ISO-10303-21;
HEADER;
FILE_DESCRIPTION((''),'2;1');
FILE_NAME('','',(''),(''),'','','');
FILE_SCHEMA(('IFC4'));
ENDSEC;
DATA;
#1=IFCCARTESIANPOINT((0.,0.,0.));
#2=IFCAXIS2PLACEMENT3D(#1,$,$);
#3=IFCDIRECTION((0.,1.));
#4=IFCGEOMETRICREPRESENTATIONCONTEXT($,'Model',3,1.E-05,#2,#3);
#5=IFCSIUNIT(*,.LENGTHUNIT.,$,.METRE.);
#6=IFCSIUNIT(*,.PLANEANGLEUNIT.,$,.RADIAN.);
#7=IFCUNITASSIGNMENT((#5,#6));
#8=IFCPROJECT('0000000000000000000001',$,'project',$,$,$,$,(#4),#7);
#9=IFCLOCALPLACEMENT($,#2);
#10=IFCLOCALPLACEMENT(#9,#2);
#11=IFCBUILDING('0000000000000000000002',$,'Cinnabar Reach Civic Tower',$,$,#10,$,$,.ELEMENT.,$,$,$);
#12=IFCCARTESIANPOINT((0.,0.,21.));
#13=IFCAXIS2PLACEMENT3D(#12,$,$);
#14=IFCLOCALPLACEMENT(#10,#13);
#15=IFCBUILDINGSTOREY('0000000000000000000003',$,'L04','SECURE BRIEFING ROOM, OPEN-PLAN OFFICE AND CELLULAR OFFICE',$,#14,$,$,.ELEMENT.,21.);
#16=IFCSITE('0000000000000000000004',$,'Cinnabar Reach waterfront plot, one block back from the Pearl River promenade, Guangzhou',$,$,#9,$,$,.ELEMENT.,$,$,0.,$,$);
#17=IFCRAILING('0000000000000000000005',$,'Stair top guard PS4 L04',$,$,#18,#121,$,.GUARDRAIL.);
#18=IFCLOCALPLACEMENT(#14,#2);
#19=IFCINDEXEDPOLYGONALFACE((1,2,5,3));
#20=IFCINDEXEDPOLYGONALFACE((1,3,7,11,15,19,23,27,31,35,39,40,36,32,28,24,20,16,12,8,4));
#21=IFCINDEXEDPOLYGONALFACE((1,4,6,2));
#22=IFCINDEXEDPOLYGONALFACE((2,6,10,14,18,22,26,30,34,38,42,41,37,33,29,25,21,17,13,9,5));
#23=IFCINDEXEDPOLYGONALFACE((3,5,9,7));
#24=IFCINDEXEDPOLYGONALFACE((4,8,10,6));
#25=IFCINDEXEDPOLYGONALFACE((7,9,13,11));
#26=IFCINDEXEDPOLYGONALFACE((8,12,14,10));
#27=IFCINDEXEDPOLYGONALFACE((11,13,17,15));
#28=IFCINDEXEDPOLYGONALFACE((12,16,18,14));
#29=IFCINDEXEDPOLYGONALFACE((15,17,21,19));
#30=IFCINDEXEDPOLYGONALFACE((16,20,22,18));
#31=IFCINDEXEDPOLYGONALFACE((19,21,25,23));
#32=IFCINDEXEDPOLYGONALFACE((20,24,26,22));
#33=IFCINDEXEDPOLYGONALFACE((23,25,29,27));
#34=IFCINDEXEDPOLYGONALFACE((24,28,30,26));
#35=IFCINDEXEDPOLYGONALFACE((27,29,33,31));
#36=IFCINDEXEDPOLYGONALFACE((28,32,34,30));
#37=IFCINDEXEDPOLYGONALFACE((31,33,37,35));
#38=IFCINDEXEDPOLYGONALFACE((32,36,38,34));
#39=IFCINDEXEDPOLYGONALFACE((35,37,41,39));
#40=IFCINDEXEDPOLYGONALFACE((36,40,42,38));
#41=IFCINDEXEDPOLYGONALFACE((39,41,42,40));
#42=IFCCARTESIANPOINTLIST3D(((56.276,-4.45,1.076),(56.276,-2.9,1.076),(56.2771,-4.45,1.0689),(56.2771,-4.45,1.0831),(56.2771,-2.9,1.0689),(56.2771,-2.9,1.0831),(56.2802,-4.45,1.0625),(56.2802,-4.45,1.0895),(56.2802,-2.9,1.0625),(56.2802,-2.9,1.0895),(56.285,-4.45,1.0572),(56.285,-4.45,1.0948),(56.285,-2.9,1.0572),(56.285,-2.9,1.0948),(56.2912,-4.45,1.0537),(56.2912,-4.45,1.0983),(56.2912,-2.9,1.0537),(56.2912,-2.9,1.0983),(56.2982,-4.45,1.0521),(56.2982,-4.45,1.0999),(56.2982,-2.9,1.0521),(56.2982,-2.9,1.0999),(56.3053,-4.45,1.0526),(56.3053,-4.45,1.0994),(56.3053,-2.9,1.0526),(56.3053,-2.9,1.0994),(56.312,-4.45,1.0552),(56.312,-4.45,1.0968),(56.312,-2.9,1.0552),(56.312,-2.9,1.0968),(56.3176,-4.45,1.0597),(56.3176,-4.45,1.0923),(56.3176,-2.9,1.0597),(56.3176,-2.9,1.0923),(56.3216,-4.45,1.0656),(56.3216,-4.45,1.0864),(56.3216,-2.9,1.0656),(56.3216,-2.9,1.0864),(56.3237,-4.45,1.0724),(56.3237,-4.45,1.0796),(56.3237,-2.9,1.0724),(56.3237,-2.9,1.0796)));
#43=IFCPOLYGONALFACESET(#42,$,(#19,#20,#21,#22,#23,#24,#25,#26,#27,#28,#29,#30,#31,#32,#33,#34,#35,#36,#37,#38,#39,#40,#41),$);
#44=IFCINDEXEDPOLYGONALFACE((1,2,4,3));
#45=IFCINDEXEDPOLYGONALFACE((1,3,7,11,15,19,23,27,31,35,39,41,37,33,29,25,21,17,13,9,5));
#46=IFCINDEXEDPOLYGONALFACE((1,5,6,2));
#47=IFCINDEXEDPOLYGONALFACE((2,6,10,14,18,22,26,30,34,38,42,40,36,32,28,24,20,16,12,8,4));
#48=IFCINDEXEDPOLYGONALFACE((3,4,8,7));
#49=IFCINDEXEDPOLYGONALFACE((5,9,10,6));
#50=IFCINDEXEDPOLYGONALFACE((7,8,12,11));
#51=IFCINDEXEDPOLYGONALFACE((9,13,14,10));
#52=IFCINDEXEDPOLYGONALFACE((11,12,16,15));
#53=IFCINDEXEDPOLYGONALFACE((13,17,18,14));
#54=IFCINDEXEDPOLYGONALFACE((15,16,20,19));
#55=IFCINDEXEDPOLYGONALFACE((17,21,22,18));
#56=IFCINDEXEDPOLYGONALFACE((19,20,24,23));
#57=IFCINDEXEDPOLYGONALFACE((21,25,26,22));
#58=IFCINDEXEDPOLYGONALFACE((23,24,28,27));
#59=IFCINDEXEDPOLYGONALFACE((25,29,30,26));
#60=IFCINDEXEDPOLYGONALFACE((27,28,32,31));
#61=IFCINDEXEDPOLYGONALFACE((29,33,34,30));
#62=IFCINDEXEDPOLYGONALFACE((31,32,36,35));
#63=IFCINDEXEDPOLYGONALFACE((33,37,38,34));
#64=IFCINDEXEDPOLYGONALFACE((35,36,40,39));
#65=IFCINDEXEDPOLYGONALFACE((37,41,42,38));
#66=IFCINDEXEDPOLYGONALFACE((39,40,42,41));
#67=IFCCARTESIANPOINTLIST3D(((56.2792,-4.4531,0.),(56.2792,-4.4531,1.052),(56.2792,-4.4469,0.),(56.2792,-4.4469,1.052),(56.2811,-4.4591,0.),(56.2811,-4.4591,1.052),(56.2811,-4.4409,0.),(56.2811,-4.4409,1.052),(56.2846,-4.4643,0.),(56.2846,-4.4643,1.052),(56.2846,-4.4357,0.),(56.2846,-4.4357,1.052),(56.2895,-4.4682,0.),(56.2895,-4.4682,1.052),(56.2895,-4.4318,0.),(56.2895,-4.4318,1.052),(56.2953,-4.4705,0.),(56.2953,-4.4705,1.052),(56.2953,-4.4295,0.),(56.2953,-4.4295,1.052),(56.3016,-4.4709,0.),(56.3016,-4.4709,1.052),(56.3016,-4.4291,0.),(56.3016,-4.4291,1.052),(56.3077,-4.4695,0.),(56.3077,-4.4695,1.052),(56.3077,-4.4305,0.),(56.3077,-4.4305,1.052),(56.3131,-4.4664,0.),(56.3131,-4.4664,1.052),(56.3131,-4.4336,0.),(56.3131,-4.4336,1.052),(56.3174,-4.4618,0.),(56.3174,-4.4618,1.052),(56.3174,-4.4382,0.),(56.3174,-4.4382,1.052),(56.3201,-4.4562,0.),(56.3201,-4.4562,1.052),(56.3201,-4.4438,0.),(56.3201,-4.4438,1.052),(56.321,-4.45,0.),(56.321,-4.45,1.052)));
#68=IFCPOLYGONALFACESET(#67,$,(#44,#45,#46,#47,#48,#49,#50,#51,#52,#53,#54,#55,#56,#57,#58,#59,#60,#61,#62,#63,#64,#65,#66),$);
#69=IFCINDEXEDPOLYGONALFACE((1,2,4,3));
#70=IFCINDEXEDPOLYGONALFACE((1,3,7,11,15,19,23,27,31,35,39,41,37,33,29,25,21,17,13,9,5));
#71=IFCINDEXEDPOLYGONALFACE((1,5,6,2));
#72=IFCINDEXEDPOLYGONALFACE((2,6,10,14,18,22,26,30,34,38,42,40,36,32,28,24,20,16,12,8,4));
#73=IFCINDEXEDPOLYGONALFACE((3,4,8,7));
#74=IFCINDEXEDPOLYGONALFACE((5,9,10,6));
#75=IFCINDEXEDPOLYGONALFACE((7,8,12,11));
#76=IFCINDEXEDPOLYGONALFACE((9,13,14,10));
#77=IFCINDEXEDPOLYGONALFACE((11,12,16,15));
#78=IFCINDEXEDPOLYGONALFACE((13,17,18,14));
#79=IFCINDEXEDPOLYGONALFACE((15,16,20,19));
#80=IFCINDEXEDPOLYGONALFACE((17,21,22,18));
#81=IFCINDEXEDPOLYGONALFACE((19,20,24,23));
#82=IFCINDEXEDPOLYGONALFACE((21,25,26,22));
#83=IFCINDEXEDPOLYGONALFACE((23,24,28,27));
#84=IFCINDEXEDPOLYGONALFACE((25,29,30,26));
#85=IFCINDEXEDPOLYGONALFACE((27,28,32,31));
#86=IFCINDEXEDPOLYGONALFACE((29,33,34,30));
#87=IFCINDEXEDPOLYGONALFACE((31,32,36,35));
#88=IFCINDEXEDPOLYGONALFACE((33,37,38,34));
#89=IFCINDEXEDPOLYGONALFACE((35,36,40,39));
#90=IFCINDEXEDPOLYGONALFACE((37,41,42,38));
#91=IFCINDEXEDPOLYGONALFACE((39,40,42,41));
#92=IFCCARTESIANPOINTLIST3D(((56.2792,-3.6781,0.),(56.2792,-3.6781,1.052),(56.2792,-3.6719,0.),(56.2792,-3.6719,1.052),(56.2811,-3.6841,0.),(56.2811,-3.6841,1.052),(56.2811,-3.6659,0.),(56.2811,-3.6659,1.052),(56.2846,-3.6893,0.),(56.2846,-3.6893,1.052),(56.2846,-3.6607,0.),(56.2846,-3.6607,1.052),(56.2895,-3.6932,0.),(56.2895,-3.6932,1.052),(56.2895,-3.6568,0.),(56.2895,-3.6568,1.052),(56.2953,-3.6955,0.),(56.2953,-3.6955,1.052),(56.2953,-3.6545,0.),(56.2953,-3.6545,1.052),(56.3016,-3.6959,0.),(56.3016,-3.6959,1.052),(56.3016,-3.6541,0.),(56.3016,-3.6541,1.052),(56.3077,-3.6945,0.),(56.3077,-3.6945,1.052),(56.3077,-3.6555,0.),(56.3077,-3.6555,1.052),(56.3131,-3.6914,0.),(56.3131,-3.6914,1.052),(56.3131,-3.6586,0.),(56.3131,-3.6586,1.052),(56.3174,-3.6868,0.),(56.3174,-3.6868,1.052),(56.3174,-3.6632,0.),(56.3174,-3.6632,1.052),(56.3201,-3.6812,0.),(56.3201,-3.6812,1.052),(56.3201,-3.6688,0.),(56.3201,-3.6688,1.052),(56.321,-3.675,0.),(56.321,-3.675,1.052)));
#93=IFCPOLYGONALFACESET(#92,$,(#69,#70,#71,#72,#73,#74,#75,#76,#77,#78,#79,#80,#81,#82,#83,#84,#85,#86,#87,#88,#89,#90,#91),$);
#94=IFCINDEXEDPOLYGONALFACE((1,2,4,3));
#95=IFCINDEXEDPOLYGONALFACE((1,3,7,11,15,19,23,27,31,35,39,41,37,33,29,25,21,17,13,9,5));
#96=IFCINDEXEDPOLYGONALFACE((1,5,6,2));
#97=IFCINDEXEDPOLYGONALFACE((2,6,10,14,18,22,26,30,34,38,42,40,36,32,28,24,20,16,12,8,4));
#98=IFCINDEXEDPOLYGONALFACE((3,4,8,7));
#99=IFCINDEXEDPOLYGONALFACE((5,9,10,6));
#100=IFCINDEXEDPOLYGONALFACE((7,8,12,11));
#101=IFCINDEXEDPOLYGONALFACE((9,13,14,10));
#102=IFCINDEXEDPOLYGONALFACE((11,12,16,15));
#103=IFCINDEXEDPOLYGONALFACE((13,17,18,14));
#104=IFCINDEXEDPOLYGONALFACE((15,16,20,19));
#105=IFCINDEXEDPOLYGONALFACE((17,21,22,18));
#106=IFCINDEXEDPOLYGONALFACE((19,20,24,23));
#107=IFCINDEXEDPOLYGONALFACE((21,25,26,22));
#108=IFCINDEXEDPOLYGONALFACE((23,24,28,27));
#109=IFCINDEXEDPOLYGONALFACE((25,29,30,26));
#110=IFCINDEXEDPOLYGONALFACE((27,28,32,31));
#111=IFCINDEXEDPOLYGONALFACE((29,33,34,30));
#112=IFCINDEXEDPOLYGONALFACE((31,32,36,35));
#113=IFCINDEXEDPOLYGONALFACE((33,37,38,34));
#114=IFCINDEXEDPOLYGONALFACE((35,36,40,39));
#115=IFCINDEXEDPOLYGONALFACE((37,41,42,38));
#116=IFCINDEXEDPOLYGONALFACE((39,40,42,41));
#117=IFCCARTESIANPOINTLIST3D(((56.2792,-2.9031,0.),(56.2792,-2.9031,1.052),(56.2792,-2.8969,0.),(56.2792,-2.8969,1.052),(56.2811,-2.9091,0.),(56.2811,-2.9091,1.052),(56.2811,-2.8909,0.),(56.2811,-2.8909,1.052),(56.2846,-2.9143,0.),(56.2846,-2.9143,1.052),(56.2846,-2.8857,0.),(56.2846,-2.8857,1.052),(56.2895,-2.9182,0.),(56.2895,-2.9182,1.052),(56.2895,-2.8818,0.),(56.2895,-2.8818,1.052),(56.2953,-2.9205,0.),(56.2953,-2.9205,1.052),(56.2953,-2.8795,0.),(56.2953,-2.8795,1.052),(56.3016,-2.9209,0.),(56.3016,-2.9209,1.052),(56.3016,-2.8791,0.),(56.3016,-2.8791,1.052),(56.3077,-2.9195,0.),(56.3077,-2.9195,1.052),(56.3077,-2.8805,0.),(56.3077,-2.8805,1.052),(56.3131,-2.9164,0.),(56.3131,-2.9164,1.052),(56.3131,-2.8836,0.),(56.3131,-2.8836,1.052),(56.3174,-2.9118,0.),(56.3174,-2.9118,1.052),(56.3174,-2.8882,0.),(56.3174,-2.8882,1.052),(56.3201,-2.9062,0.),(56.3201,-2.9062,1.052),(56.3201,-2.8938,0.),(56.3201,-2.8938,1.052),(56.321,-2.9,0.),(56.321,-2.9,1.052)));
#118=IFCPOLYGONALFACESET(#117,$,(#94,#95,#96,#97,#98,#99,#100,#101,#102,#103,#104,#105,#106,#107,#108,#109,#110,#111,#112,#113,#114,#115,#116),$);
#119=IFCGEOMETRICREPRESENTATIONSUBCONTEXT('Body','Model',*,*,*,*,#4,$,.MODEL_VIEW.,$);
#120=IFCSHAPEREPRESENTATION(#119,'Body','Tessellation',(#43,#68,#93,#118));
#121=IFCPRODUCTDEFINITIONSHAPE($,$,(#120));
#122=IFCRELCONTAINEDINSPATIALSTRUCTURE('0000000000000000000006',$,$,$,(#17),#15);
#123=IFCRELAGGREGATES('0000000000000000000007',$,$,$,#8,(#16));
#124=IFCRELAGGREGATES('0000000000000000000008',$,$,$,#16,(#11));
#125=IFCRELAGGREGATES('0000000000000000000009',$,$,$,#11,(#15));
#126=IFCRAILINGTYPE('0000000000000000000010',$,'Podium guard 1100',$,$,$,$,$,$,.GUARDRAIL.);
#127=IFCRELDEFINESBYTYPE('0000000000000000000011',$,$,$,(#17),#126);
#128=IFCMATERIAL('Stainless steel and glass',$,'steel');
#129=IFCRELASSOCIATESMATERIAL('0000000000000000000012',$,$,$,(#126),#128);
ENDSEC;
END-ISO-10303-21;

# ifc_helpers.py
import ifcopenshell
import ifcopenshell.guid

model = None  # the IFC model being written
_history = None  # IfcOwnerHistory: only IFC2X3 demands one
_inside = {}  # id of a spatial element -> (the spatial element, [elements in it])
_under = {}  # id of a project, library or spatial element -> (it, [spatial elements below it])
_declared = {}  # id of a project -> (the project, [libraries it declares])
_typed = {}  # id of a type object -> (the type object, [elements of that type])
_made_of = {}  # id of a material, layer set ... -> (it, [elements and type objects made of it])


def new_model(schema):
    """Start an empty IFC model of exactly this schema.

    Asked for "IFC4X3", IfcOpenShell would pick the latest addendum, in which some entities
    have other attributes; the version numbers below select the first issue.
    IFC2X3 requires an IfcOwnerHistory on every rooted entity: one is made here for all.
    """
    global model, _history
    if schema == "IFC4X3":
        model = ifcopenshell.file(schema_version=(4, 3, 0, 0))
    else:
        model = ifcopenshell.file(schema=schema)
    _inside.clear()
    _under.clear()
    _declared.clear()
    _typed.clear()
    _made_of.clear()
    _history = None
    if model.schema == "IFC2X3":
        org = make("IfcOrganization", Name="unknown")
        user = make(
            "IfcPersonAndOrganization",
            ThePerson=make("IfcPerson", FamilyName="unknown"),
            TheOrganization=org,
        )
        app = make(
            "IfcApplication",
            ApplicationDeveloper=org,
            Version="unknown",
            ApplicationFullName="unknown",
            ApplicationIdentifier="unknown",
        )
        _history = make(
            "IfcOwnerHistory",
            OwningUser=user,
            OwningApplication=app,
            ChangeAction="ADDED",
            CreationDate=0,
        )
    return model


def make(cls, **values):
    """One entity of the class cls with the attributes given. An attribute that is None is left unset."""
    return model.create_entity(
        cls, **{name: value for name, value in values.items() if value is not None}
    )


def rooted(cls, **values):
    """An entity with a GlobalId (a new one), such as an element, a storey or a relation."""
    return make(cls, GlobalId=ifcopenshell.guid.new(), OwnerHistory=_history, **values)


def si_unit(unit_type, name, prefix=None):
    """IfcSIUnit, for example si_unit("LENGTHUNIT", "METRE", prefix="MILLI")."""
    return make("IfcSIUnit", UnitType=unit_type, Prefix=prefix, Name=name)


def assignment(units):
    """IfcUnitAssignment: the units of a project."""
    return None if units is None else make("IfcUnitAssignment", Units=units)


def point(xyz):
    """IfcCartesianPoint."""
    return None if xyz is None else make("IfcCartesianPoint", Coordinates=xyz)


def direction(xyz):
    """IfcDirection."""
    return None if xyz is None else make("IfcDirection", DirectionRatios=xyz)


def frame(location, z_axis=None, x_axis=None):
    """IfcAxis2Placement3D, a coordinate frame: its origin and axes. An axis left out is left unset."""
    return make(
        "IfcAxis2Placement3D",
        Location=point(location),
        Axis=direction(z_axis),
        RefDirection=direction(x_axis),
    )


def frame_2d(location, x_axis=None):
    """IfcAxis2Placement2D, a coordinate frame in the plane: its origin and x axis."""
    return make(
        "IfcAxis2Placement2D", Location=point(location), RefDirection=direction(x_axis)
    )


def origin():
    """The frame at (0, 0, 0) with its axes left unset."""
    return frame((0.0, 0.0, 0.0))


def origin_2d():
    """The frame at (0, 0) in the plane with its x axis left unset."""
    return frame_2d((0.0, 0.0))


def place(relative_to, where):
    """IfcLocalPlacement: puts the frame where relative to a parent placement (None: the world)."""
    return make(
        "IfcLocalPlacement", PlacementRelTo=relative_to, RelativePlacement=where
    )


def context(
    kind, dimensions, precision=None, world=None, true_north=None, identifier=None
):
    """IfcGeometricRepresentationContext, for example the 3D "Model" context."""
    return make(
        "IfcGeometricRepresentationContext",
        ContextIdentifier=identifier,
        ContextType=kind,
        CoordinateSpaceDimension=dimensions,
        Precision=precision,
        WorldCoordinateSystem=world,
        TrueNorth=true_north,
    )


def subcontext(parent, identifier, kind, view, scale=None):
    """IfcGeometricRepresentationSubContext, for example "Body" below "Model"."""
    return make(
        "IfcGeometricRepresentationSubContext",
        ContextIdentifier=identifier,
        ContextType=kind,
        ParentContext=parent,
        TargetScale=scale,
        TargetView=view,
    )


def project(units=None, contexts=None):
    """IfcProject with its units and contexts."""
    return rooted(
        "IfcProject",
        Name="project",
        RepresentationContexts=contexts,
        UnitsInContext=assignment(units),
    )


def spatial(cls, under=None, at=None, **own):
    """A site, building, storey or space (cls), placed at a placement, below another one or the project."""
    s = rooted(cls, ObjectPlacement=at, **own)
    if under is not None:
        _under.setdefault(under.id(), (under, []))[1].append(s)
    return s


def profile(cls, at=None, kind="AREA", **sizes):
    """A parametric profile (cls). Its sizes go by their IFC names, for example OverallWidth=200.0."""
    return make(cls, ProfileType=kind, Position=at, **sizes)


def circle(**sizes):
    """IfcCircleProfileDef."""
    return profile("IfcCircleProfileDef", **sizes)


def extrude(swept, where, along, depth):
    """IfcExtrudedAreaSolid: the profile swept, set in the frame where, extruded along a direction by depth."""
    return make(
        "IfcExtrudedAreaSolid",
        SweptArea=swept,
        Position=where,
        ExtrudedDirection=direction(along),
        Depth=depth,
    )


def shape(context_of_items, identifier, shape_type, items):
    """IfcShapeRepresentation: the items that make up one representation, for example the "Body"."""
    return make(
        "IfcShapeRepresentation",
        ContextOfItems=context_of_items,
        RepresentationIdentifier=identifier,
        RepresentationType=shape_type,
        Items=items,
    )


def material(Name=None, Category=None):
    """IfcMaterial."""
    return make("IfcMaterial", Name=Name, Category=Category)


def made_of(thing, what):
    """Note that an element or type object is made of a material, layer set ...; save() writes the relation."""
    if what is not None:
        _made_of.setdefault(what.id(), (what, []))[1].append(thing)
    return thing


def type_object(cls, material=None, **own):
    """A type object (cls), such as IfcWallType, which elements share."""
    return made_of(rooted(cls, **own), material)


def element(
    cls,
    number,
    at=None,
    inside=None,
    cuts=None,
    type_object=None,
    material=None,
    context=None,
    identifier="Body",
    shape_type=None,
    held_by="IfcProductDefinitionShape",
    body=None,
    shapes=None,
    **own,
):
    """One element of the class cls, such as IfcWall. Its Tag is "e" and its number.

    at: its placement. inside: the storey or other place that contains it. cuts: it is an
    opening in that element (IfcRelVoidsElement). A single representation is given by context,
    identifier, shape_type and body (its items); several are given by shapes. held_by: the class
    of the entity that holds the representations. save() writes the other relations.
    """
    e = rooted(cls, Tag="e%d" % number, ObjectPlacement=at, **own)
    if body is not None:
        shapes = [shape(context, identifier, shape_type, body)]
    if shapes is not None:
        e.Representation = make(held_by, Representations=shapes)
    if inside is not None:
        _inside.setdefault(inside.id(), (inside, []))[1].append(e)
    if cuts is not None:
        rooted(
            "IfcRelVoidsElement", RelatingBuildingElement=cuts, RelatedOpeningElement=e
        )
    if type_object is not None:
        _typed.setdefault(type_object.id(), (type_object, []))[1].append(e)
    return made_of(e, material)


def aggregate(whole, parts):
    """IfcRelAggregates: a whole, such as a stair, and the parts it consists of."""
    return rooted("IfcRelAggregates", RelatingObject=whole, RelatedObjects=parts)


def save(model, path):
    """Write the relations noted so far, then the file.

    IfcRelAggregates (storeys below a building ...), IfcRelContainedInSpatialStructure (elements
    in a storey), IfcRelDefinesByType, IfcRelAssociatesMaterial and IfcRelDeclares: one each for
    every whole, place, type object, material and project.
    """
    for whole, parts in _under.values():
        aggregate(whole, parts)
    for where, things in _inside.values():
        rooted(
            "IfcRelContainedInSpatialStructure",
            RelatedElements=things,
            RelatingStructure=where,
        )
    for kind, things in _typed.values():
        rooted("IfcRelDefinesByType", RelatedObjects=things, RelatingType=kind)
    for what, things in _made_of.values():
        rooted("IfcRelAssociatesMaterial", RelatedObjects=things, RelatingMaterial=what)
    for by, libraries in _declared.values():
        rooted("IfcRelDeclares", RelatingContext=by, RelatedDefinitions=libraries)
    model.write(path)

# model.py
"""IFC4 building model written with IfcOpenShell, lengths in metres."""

from ifc_helpers import new_model, si_unit, direction, frame, origin, origin_2d, place, context, subcontext, project, spatial, circle, extrude, material, type_object, element, save


model = new_model("IFC4")

# Units and contexts
model_context = context("Model", 3, precision=1e-05, world=origin(), true_north=direction((0.0, 1.0)))
body_context = subcontext(model_context, "Body", "Model", "MODEL_VIEW")
ifc_project = project(units=[si_unit("LENGTHUNIT", "METRE"), si_unit("PLANEANGLEUNIT", "RADIAN")], contexts=[model_context])

# Site, building, storey
site_placement = place(None, origin())
site = spatial("IfcSite", under=ifc_project, at=site_placement, Name="Cinnabar Reach waterfront plot, one block back from the Pearl River promenade, Guangzhou", CompositionType="ELEMENT", RefElevation=0.0)
building_placement = place(site_placement, origin())
building = spatial("IfcBuilding", under=site, at=building_placement, Name="Cinnabar Reach Civic Tower", CompositionType="ELEMENT")
storey_placement = place(building_placement, frame((0.0, 0.0, 21.0)))
storey = spatial("IfcBuildingStorey", under=building, at=storey_placement, Name="L04", Description="SECURE BRIEFING ROOM, OPEN-PLAN OFFICE AND CELLULAR OFFICE", CompositionType="ELEMENT", Elevation=21.0)

# Railing
ifc_material_1 = material(Name="Stainless steel and glass", Category="steel")
railing_type = type_object("IfcRailingType", Name="Podium guard 1100", PredefinedType="GUARDRAIL", material=ifc_material_1)
railing_1_placement = place(storey_placement, frame((56.3, -4.45, 0.0)))
element("IfcRailing", 1, at=railing_1_placement, inside=storey, type_object=railing_type, Name="Stair top guard PS4 L04", PredefinedType="GUARDRAIL", context=body_context, shape_type="SweptSolid", body=[
    extrude(circle(Radius=0.024, at=origin_2d()), frame((0.0, 0.0, 1.076), z_axis=(0.0, 1.0, 0.0), x_axis=(-1.0, 0.0, 0.0)), (0.0, 0.0, 1.0), 1.55),
    extrude(circle(Radius=0.021, at=origin_2d()), origin(), (0.0, 0.0, 1.0), 1.052),
    extrude(circle(Radius=0.021, at=origin_2d()), frame((0.0, 0.775, 0.0)), (0.0, 0.0, 1.0), 1.052),
    extrude(circle(Radius=0.021, at=origin_2d()), frame((0.0, 1.55, 0.0)), (0.0, 0.0, 1.0), 1.052),
])

save(model, "model.ifc")
